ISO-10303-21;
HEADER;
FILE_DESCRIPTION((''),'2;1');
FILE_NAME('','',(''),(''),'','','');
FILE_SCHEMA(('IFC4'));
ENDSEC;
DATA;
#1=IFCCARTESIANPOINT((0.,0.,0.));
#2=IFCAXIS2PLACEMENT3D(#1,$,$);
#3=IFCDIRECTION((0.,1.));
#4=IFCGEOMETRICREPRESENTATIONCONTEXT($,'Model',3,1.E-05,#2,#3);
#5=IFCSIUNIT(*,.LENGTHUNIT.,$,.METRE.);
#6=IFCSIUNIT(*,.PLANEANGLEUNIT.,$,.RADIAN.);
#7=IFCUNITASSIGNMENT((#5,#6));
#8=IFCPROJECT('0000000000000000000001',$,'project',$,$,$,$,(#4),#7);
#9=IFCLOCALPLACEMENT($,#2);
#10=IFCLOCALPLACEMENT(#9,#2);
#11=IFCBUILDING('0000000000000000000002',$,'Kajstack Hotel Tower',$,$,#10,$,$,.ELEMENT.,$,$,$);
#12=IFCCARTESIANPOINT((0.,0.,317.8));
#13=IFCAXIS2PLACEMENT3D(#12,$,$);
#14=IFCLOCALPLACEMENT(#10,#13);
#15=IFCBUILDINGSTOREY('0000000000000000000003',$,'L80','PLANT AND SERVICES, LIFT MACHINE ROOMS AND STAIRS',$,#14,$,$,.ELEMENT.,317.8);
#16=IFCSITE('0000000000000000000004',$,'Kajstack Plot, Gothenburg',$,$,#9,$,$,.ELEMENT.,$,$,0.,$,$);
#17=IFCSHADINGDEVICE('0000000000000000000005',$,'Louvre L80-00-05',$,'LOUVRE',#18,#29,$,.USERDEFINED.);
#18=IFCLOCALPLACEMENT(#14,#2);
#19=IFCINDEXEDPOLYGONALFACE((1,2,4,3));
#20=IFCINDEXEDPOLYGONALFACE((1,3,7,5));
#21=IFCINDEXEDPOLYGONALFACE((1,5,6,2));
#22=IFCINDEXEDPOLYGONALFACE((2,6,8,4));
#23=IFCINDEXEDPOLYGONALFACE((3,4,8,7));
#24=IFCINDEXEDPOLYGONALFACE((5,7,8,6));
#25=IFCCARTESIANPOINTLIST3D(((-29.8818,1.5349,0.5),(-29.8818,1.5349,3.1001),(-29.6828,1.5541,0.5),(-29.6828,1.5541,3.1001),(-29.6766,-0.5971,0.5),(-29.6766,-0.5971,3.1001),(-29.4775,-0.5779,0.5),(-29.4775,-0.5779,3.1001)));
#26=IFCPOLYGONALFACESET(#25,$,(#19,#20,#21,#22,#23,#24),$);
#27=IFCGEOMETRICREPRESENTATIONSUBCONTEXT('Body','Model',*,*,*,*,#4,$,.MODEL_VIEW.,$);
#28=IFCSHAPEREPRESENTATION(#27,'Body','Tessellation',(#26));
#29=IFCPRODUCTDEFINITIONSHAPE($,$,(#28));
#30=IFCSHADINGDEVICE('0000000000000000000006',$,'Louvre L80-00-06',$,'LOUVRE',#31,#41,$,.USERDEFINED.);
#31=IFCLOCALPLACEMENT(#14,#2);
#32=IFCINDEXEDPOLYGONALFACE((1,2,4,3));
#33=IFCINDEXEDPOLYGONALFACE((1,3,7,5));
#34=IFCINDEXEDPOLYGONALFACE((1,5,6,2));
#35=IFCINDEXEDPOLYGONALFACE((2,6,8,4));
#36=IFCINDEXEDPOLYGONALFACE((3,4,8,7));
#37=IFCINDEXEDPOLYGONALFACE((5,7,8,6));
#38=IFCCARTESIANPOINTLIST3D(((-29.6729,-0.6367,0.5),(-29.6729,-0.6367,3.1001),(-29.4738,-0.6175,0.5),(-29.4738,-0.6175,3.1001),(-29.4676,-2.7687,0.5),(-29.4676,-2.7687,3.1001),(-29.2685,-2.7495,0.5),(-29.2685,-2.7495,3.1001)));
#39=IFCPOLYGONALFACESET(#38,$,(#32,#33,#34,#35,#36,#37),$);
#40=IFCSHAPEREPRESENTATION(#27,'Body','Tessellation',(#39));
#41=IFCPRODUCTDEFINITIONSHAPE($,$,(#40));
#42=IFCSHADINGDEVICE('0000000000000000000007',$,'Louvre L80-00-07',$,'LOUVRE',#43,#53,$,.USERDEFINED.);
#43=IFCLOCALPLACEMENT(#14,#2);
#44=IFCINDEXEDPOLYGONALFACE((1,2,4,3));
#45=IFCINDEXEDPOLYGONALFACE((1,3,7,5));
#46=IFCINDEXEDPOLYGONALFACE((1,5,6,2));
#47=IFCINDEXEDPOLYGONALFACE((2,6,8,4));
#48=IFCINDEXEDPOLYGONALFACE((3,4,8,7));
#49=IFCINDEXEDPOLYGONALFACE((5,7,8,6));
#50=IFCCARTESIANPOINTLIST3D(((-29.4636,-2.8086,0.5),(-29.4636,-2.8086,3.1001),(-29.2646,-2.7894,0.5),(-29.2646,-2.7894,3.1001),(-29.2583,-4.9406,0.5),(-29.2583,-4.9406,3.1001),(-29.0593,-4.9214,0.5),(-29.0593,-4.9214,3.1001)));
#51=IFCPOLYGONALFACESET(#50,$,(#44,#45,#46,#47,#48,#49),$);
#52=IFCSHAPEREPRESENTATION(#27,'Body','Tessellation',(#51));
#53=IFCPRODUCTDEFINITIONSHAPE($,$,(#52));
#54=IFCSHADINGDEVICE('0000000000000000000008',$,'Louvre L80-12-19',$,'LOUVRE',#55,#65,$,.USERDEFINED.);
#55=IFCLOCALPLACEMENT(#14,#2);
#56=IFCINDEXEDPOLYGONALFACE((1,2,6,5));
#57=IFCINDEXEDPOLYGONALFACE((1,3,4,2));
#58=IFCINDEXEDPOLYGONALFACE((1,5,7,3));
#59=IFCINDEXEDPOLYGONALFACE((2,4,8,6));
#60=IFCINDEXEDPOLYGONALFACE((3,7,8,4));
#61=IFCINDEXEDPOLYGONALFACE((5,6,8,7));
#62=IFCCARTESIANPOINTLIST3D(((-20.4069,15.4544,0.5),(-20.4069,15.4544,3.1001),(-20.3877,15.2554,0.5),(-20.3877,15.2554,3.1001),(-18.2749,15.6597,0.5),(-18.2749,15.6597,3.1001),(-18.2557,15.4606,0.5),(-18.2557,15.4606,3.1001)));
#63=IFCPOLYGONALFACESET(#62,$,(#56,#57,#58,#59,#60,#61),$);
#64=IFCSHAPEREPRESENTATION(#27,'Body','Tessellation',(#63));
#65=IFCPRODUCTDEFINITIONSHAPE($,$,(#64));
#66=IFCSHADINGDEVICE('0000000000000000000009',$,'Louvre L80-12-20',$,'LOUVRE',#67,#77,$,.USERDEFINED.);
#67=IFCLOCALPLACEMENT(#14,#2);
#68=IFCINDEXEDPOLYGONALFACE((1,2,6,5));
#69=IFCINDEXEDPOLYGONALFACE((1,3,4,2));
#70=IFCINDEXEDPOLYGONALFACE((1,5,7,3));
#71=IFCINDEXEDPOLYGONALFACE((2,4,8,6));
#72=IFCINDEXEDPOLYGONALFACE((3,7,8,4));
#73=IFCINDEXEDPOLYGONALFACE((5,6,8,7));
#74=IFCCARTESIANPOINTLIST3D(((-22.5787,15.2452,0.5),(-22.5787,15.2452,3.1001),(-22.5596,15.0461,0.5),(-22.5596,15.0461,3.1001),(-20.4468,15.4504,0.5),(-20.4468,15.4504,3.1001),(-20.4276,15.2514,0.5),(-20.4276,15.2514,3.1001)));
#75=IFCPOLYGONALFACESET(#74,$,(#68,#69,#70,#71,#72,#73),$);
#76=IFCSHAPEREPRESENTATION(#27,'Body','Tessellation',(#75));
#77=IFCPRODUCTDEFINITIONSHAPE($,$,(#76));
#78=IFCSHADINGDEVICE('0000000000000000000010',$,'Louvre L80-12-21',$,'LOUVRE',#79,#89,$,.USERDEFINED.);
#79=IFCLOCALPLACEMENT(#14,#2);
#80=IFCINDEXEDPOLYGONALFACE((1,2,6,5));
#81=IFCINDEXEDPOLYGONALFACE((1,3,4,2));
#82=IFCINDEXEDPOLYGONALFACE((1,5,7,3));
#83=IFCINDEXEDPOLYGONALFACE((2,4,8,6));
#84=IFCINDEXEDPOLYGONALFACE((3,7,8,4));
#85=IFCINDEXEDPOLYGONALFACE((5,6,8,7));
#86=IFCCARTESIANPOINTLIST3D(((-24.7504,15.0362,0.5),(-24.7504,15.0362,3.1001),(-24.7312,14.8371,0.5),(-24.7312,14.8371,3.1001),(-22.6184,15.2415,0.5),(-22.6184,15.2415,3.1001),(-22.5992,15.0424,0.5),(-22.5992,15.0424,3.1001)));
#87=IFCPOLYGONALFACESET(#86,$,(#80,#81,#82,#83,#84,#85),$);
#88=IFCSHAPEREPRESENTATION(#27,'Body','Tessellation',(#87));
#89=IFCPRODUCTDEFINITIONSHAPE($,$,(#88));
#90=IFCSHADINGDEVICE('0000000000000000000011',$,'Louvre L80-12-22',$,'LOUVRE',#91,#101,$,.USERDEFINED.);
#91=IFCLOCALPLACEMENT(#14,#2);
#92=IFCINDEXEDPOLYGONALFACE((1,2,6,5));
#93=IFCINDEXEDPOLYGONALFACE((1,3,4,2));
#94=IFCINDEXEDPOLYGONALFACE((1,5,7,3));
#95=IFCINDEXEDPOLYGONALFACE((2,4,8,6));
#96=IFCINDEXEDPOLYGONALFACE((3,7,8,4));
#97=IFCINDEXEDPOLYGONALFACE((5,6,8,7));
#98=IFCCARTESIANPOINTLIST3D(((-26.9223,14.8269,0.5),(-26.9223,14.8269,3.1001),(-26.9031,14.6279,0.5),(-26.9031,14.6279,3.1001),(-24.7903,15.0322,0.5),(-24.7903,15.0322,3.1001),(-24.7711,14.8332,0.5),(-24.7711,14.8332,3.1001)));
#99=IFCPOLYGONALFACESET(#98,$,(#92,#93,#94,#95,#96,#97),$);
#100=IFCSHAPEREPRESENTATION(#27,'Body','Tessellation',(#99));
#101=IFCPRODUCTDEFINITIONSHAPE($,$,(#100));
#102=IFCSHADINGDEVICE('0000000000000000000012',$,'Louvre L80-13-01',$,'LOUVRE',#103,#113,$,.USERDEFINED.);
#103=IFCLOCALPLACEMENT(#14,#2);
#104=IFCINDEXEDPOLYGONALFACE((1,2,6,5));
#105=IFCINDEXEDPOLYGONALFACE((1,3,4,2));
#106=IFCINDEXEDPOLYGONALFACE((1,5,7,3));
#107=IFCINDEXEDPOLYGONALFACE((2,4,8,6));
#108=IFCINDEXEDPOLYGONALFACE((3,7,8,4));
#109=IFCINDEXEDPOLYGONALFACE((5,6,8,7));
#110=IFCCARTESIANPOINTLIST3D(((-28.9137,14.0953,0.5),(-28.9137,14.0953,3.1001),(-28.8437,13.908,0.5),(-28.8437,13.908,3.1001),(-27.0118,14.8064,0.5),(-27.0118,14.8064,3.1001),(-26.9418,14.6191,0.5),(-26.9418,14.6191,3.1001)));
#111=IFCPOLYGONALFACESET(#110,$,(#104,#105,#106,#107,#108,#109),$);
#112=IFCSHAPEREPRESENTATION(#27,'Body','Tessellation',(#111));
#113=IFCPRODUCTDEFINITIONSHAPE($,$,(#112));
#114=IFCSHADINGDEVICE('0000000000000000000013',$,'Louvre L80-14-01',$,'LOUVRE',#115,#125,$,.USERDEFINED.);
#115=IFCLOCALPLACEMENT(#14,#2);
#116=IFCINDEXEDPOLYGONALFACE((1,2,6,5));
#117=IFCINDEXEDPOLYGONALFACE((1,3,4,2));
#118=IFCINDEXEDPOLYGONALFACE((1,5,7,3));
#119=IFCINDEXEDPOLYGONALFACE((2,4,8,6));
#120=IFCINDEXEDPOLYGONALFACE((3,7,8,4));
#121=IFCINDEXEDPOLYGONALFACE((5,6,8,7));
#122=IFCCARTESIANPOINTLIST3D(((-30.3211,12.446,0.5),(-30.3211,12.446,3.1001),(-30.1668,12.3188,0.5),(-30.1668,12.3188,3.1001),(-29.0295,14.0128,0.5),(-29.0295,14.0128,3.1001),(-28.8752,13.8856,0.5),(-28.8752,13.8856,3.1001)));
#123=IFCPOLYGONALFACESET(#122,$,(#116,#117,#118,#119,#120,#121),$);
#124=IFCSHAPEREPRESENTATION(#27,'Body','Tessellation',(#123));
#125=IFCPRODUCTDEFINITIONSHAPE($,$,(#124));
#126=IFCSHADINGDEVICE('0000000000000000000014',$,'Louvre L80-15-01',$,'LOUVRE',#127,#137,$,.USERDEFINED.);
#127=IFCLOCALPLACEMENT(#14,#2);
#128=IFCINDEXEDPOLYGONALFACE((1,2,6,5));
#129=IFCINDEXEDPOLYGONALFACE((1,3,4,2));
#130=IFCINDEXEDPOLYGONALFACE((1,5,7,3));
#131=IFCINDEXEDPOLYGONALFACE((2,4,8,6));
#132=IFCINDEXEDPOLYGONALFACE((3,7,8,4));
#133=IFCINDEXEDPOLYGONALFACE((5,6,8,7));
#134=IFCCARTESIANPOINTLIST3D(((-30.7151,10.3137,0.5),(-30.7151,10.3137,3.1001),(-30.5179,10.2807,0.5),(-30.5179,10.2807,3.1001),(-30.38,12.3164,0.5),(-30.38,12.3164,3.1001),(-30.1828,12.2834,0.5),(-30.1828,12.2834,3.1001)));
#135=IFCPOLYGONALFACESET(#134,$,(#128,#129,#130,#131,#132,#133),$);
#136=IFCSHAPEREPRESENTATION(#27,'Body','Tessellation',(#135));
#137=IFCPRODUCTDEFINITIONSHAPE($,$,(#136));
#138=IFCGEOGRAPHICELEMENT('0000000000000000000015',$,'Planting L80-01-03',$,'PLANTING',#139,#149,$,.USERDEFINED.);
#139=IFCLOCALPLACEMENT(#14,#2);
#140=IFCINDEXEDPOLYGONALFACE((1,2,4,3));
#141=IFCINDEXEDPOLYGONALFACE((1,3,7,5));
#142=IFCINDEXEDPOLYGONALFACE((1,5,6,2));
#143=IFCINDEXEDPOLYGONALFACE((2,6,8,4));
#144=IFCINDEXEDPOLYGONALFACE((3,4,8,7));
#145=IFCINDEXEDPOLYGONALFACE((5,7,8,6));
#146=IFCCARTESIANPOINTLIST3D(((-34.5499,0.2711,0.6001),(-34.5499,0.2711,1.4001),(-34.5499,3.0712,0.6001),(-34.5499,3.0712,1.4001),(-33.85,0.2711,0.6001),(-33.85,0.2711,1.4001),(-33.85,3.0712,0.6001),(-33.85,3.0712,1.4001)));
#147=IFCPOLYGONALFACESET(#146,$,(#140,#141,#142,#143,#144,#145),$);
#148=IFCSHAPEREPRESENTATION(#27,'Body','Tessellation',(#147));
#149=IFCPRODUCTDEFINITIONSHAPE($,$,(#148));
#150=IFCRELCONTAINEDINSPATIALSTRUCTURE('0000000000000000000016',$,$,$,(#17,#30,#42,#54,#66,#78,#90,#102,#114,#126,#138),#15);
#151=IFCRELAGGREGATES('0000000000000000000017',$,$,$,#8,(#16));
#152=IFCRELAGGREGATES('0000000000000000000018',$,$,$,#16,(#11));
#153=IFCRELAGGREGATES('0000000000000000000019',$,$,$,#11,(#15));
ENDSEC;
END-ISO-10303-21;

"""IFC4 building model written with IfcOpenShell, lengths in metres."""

from ifc_helpers import new_model, si_unit, direction, frame, origin, origin_2d, place, context, subcontext, project, spatial, rectangle, extrude, element, save


model = new_model("IFC4")

# Units and contexts
model_context = context("Model", 3, precision=1e-05, world=origin(), true_north=direction((0.0, 1.0)))
body_context = subcontext(model_context, "Body", "Model", "MODEL_VIEW")
ifc_project = project(units=[si_unit("LENGTHUNIT", "METRE"), si_unit("PLANEANGLEUNIT", "RADIAN")], contexts=[model_context])

# Site, building, storey
site_placement = place(None, origin())
site = spatial("IfcSite", under=ifc_project, at=site_placement, Name="Kajstack Plot, Gothenburg", CompositionType="ELEMENT", RefElevation=0.0)
building_placement = place(site_placement, origin())
building = spatial("IfcBuilding", under=site, at=building_placement, Name="Kajstack Hotel Tower", CompositionType="ELEMENT")
storey_placement = place(building_placement, frame((0.0, 0.0, 317.8)))
storey = spatial("IfcBuildingStorey", under=building, at=storey_placement, Name="L80", Description="PLANT AND SERVICES, LIFT MACHINE ROOMS AND STAIRS", CompositionType="ELEMENT", Elevation=317.8)

# Shading devices
for number, where, z_axis, x_axis, name in (
    (1, (-29.6797, 0.4785, 0.5), (0.0, 0.0, 1.0), (0.095846, -0.995396, 0.0), "Louvre L80-00-05"),
    (2, (-29.4707, -1.6931, 0.5), (0.0, 0.0, 1.0), (0.095846, -0.995396, 0.0), "Louvre L80-00-06"),
    (3, (-29.2615, -3.865, 0.5), (0.0, 0.0, 1.0), (0.095846, -0.995396, 0.0), "Louvre L80-00-07"),
    (4, (-19.3313, 15.4575, 0.5), (0.0, 0.0, 1.0), (-0.995396, -0.095846, 0.0), "Louvre L80-12-19"),
    (5, (-21.5032, 15.2483, 0.5), (0.0, 0.0, 1.0), (-0.995396, -0.095846, 0.0), "Louvre L80-12-20"),
    (6, (-23.6748, 15.0393, 0.5), (0.0, 0.0, 1.0), (-0.995396, -0.095846, 0.0), "Louvre L80-12-21"),
    (7, (-25.8467, 14.8301, 0.5), (0.0, 0.0, 1.0), (-0.995396, -0.095846, 0.0), "Louvre L80-12-22"),
):
    element("IfcShadingDevice", number, at=place(storey_placement, frame(where, z_axis=z_axis, x_axis=x_axis)), inside=storey, Name=name, ObjectType="LOUVRE", PredefinedType="USERDEFINED", context=body_context, shape_type="SweptSolid", body=[
        extrude(rectangle(XDim=2.1418, YDim=0.2, at=origin_2d()), origin(), (0.0, 0.0, 1.0), 2.6001),
    ])
for number, where, z_axis, x_axis, name in (
    (8, (-27.9277, 14.3572, 0.5), (0.0, 0.0, 1.0), (-0.93668, -0.350186, 0.0), "Louvre L80-13-01"),
    (9, (-29.5981, 13.1658, 0.5), (0.0, 0.0, 1.0), (-0.636066, -0.771635, 0.0), "Louvre L80-14-01"),
    (10, (-30.449, 11.2986, 0.5), (0.0, 0.0, 1.0), (-0.165033, -0.986288, 0.0), "Louvre L80-15-01"),
):
    element("IfcShadingDevice", number, at=place(storey_placement, frame(where, z_axis=z_axis, x_axis=x_axis)), inside=storey, Name=name, ObjectType="LOUVRE", PredefinedType="USERDEFINED", context=body_context, shape_type="SweptSolid", body=[
        extrude(rectangle(XDim=2.0305, YDim=0.2, at=origin_2d()), origin(), (0.0, 0.0, 1.0), 2.6001),
    ])

# Geographic element
geographic_element_placement = place(storey_placement, frame((-34.2, 1.6711, 0.6001), z_axis=(0.0, 0.0, 1.0), x_axis=(0.0, 1.0, 0.0)))
element("IfcGeographicElement", 11, at=geographic_element_placement, inside=storey, Name="Planting L80-01-03", ObjectType="PLANTING", PredefinedType="USERDEFINED", context=body_context, shape_type="SweptSolid", body=[
    extrude(rectangle(XDim=2.8, YDim=0.7, at=origin_2d()), origin(), (0.0, 0.0, 1.0), 0.8),
])

save(model, "model.ifc")
